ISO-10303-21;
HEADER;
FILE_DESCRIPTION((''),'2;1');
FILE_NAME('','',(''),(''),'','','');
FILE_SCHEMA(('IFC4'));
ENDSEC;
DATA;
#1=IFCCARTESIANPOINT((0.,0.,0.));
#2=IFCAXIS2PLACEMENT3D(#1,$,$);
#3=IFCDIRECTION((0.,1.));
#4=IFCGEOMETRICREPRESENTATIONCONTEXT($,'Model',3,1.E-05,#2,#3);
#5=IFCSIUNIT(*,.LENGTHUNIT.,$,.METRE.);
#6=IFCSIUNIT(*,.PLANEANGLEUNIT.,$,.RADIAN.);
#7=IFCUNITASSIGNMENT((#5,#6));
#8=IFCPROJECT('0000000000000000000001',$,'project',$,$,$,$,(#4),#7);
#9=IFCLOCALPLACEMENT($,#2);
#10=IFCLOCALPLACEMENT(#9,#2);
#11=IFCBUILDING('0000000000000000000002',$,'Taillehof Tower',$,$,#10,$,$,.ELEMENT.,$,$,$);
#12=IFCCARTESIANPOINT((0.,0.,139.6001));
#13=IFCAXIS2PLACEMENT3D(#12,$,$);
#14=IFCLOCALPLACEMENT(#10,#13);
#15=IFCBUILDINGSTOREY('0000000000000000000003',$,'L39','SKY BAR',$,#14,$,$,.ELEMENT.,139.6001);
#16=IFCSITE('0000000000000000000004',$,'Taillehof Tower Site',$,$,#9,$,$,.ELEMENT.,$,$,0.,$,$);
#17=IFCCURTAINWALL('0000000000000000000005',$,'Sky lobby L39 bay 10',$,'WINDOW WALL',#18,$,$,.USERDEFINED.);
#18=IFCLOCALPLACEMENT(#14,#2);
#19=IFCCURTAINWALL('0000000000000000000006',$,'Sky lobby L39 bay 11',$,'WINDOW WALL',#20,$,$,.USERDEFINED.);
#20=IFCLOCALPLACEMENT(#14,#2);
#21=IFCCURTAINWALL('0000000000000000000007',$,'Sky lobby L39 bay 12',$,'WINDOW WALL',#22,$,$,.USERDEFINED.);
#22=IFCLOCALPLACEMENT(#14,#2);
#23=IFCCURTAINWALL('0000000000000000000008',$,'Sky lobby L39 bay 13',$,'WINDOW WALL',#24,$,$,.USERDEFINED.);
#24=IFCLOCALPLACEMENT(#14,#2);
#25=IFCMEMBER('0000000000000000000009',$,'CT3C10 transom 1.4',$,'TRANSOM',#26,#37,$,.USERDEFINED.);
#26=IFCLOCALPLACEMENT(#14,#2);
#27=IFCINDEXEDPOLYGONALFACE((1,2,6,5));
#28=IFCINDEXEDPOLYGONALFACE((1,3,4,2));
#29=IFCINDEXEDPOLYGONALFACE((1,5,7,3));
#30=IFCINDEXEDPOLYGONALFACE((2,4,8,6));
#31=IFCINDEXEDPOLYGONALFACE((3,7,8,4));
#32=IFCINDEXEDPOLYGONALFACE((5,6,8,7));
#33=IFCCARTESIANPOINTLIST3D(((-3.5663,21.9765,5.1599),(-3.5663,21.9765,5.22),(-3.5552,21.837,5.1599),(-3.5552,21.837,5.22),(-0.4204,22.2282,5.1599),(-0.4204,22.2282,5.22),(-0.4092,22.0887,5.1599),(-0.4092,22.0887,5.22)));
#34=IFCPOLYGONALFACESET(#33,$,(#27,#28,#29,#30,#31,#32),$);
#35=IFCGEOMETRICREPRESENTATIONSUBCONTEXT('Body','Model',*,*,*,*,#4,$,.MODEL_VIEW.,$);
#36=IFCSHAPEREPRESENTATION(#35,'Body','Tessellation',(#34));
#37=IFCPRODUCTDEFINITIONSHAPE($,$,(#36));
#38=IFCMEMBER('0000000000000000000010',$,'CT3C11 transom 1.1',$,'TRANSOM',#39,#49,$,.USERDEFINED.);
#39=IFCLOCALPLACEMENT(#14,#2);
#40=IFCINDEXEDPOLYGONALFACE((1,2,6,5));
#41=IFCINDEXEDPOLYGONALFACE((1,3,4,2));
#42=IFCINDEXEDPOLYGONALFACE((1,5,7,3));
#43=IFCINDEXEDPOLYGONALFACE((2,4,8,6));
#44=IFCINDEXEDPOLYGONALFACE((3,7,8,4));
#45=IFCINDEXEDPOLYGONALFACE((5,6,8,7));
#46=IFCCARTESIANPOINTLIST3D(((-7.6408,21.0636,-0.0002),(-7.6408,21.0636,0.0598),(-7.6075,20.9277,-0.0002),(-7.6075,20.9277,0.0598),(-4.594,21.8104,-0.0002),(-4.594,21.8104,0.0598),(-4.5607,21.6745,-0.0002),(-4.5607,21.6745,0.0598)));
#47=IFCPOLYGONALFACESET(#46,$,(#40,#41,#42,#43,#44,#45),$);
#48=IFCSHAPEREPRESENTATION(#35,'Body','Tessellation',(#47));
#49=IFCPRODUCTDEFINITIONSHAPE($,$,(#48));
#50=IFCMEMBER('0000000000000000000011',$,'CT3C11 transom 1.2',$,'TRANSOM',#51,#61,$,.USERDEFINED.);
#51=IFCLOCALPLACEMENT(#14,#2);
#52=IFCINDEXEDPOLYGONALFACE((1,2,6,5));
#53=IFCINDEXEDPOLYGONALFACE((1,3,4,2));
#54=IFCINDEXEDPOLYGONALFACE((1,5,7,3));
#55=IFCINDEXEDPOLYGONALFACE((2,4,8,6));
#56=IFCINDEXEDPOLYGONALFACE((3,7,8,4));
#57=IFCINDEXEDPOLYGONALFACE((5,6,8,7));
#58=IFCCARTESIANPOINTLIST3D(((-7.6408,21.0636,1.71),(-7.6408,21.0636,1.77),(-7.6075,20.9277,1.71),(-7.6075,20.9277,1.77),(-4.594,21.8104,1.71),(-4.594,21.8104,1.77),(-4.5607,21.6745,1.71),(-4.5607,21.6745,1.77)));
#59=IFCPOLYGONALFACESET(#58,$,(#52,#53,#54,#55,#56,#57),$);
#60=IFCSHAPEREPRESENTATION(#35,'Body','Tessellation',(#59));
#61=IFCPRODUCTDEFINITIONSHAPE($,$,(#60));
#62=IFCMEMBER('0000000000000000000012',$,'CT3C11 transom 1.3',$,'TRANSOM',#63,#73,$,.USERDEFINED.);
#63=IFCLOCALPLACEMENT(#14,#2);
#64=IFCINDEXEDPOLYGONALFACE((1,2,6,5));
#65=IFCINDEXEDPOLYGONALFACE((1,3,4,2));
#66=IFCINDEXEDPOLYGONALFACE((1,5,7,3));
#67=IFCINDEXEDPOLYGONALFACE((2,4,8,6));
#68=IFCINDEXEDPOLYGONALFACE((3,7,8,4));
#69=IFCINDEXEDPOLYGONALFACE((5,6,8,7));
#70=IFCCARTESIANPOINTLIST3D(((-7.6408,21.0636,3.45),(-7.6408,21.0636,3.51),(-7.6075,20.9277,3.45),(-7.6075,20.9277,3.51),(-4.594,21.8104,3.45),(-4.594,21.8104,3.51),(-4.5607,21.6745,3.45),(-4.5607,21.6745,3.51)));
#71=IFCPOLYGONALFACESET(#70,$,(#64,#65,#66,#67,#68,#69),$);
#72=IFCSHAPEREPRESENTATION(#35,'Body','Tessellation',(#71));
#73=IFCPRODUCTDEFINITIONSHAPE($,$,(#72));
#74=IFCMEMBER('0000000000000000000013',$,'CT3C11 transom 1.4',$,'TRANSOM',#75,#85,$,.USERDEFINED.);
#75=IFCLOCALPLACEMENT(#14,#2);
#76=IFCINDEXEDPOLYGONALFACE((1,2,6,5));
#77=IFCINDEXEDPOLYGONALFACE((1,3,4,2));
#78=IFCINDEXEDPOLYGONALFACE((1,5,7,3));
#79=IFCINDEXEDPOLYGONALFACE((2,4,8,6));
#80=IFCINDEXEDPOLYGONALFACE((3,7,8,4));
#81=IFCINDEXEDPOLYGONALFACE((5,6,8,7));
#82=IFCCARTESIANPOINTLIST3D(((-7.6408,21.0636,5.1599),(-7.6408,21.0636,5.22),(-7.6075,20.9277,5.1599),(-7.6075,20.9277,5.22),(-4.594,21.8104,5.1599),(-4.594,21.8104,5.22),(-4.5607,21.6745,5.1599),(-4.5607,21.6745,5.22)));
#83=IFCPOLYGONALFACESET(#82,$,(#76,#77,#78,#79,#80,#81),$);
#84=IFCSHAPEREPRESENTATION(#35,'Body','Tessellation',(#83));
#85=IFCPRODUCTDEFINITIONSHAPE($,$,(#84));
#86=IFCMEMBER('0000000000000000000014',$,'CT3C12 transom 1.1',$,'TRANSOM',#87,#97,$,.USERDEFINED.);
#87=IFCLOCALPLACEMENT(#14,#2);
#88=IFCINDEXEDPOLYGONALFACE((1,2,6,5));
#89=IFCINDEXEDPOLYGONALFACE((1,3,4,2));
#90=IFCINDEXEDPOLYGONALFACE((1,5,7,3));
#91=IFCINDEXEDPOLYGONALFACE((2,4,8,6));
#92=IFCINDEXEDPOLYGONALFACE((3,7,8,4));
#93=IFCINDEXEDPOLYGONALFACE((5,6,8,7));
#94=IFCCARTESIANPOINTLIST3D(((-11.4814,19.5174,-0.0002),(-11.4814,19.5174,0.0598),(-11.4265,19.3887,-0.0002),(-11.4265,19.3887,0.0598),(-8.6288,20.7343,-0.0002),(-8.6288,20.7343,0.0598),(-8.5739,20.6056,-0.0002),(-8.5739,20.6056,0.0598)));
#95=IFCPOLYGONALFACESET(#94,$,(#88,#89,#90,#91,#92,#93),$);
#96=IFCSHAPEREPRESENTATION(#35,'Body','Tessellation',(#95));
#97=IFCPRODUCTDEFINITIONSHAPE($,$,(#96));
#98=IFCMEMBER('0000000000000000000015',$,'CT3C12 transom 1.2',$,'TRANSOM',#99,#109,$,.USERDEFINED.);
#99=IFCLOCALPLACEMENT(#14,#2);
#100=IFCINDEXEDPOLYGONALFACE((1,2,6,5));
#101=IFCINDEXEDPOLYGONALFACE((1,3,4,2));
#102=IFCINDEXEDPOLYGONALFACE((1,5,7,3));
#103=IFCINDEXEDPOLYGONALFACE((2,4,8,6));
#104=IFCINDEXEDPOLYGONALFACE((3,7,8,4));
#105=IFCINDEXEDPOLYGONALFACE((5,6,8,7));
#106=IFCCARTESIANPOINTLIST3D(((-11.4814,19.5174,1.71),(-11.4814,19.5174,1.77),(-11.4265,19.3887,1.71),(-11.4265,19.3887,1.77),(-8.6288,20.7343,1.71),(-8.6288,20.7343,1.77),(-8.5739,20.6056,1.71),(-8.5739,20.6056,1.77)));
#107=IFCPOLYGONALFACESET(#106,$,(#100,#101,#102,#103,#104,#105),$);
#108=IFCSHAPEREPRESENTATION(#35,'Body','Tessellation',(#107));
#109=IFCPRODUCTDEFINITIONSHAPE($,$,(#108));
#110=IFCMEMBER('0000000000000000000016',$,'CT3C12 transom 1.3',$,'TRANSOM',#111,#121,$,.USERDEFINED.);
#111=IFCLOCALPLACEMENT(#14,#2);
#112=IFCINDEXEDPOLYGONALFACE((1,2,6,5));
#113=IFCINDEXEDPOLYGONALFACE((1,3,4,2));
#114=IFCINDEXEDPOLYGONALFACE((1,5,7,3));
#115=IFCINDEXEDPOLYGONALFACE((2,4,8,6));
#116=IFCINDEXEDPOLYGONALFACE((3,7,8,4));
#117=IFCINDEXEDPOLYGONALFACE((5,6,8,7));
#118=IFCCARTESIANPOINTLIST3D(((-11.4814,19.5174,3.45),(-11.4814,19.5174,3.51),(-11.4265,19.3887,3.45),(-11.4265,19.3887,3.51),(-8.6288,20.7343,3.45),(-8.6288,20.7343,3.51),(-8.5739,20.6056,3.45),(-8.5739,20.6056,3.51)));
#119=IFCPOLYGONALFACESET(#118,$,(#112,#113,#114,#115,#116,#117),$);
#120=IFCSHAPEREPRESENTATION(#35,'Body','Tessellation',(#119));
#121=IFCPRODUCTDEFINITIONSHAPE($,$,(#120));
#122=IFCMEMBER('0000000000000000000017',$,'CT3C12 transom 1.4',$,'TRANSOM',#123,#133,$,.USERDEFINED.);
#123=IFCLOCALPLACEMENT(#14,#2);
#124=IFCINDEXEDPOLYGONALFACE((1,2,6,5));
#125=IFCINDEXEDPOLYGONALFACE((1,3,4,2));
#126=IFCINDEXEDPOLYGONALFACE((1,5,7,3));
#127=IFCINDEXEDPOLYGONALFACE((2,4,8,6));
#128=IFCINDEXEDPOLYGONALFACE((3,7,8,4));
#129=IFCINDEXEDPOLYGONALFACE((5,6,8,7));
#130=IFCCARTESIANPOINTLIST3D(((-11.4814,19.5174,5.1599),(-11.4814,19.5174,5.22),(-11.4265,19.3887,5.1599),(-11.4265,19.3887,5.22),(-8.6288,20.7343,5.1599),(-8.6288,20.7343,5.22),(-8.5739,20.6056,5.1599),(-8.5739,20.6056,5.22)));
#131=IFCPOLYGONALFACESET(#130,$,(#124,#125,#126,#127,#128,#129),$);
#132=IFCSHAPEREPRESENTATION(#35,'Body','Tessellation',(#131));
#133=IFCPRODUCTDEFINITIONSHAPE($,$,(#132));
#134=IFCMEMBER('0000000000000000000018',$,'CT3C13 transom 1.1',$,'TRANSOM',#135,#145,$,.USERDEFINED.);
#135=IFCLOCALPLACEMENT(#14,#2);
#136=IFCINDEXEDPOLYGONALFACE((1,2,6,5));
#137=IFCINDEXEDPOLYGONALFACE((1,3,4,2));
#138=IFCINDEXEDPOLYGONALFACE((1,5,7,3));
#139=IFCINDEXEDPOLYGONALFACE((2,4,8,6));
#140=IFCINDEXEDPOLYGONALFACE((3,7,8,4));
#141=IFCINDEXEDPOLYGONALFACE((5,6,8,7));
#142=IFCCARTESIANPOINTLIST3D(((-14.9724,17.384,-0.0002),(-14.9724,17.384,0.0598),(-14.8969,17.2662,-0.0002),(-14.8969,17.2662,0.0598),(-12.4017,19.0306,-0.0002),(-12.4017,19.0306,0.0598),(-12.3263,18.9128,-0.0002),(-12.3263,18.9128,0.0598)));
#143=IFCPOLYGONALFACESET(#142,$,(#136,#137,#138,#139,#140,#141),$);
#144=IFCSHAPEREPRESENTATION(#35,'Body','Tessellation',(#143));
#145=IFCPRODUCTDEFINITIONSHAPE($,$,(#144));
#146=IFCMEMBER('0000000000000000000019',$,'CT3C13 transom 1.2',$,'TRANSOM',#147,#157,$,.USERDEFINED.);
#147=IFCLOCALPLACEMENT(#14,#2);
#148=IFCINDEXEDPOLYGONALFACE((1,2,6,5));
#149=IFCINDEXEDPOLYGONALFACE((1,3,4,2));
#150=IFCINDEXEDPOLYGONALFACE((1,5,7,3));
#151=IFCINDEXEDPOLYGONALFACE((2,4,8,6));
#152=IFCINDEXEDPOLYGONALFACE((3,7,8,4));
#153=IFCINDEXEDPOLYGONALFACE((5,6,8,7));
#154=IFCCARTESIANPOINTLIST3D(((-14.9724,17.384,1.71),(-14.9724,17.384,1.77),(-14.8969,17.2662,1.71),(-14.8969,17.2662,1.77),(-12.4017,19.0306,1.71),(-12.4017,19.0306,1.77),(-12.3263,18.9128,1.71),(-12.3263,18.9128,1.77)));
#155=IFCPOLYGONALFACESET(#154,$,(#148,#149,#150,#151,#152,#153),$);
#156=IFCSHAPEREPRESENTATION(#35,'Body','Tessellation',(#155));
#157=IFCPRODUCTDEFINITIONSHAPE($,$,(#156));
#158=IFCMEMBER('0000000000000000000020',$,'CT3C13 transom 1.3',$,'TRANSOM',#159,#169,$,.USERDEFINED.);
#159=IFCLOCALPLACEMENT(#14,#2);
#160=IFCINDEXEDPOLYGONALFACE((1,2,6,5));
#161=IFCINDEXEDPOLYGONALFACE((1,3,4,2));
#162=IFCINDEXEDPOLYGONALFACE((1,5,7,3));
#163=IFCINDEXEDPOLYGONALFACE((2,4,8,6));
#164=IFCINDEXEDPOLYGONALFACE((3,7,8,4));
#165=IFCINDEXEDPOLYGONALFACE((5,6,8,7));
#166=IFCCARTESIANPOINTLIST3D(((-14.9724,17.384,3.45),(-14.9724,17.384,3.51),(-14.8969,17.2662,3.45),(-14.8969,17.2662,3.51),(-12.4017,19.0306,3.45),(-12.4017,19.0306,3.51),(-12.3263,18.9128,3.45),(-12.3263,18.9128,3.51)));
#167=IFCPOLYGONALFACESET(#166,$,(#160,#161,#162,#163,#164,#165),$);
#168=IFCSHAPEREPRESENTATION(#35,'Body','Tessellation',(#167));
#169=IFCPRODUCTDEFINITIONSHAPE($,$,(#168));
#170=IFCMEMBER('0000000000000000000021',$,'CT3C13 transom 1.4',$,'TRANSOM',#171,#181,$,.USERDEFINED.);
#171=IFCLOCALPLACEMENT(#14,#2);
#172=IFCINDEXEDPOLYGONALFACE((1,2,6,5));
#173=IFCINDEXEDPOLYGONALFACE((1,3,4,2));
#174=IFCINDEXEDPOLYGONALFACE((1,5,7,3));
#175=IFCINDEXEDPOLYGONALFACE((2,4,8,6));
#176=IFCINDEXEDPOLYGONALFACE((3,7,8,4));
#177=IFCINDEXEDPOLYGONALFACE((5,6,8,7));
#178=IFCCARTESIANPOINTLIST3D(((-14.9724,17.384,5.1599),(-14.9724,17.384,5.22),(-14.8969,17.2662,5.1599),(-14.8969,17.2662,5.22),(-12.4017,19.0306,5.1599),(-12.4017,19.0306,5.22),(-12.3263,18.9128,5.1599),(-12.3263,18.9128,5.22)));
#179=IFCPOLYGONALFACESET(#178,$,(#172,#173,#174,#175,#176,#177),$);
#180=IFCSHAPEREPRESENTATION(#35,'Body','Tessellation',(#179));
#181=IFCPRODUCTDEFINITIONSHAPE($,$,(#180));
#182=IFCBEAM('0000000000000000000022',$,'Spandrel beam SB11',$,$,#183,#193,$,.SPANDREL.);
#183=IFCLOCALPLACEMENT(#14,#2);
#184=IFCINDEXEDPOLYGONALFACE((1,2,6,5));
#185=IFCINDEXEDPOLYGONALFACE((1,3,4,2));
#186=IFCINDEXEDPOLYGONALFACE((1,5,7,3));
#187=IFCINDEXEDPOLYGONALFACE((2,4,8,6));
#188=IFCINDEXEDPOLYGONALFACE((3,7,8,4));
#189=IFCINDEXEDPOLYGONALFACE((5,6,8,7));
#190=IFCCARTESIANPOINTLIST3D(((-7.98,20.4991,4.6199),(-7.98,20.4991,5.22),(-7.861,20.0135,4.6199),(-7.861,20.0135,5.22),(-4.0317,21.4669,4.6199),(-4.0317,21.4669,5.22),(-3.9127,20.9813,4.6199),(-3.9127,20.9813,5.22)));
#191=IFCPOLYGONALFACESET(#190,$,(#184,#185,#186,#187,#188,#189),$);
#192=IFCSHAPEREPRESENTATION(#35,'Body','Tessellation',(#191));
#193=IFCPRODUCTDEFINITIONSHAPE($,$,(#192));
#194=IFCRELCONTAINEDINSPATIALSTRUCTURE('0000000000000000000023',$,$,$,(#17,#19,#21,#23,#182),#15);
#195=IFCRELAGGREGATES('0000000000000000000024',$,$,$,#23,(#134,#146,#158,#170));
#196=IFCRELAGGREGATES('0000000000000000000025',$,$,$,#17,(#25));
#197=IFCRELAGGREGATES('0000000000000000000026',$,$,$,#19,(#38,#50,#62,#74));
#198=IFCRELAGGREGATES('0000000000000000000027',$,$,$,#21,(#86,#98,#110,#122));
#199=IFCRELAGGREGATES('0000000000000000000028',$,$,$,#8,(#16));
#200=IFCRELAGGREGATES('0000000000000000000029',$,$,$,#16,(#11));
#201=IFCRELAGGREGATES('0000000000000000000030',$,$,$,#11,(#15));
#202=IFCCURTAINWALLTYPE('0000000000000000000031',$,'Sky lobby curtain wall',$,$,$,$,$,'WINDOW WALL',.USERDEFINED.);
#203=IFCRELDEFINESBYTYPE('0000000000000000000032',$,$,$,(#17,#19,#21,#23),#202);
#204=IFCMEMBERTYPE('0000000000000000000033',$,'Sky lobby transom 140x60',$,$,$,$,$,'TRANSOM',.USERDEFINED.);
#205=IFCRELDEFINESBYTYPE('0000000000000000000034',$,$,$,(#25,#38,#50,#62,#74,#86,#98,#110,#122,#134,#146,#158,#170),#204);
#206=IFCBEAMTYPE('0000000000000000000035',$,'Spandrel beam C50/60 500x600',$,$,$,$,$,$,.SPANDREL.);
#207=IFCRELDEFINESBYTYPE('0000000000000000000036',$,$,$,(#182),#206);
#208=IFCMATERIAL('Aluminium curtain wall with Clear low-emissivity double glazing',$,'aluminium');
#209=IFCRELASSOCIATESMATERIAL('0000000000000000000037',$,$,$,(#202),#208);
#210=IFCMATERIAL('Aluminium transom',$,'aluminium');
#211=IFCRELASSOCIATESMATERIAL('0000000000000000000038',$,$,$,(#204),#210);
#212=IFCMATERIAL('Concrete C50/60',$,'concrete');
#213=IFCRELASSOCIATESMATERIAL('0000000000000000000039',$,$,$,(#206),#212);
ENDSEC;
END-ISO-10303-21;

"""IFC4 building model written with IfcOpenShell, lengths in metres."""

from ifc_helpers import new_model, si_unit, direction, frame, origin, origin_2d, place, context, subcontext, project, spatial, rectangle, extrude, material, material_profile, profile_set, type_object, element, aggregate, save


model = new_model("IFC4")

# Units and contexts
model_context = context("Model", 3, precision=1e-05, world=origin(), true_north=direction((0.0, 1.0)))
body_context = subcontext(model_context, "Body", "Model", "MODEL_VIEW")
ifc_project = project(units=[si_unit("LENGTHUNIT", "METRE"), si_unit("PLANEANGLEUNIT", "RADIAN")], contexts=[model_context])

# Site, building, storey
site_placement = place(None, origin())
site = spatial("IfcSite", under=ifc_project, at=site_placement, Name="Taillehof Tower Site", CompositionType="ELEMENT", RefElevation=0.0)
building_placement = place(site_placement, origin())
building = spatial("IfcBuilding", under=site, at=building_placement, Name="Taillehof Tower", CompositionType="ELEMENT")
storey_placement = place(building_placement, frame((0.0, 0.0, 139.6001)))
storey = spatial("IfcBuildingStorey", under=building, at=storey_placement, Name="L39", Description="SKY BAR", CompositionType="ELEMENT", Elevation=139.6001)

# Curtain walls
ifc_material_1 = material(Name="Aluminium curtain wall with Clear low-emissivity double glazing", Category="aluminium")
curtain_wall_type = type_object("IfcCurtainWallType", Name="Sky lobby curtain wall", ElementType="WINDOW WALL", PredefinedType="USERDEFINED", material=ifc_material_1)
curtain_wall_1_placement = place(storey_placement, origin())
curtain_wall_1 = element("IfcCurtainWall", 1, at=curtain_wall_1_placement, inside=storey, type_object=curtain_wall_type, Name="Sky lobby L39 bay 10", ObjectType="WINDOW WALL", PredefinedType="USERDEFINED")
curtain_wall_2_placement = place(storey_placement, origin())
curtain_wall_2 = element("IfcCurtainWall", 2, at=curtain_wall_2_placement, inside=storey, type_object=curtain_wall_type, Name="Sky lobby L39 bay 11", ObjectType="WINDOW WALL", PredefinedType="USERDEFINED")
curtain_wall_3_placement = place(storey_placement, origin())
curtain_wall_3 = element("IfcCurtainWall", 3, at=curtain_wall_3_placement, inside=storey, type_object=curtain_wall_type, Name="Sky lobby L39 bay 12", ObjectType="WINDOW WALL", PredefinedType="USERDEFINED")

# Curtain wall
curtain_wall_4_placement = place(storey_placement, origin())
curtain_wall_4 = element("IfcCurtainWall", 4, at=curtain_wall_4_placement, inside=storey, type_object=curtain_wall_type, Name="Sky lobby L39 bay 13", ObjectType="WINDOW WALL", PredefinedType="USERDEFINED")

# Members
ifc_material_2 = material(Name="Aluminium transom", Category="aluminium")
ifc_material_profile_1 = material_profile(ifc_material_2, rectangle(XDim=0.1399, YDim=0.0601, at=origin_2d()), Name="AL 140x60")
ifc_profile_set_1 = profile_set([ifc_material_profile_1], Name="Aluminium transom")
member_type_1 = type_object("IfcMemberType", Name="Sky lobby transom 140x60", ElementType="TRANSOM", PredefinedType="USERDEFINED", material=ifc_profile_set_1)
member_1_placement = place(storey_placement, frame((-0.4148, 22.1584, 5.1899), z_axis=(-0.996815, -0.079754, 0.0), x_axis=(0.079754, -0.996815, 0.0)))
member_1 = element("IfcMember", 5, at=member_1_placement, type_object=member_type_1, Name="CT3C10 transom 1.4", ObjectType="TRANSOM", PredefinedType="USERDEFINED", context=body_context, shape_type="SweptSolid", body=[
    extrude(rectangle(XDim=0.1399, YDim=0.0601, at=origin_2d()), origin(), (0.0, 0.0, 1.0), 3.156),
])
member_2_placement = place(storey_placement, frame((-4.5774, 21.7424, 0.0298), z_axis=(-0.971249, -0.238065, 0.0), x_axis=(0.238065, -0.971249, 0.0)))
member_2 = element("IfcMember", 6, at=member_2_placement, type_object=member_type_1, Name="CT3C11 transom 1.1", ObjectType="TRANSOM", PredefinedType="USERDEFINED", context=body_context, shape_type="SweptSolid", body=[
    extrude(rectangle(XDim=0.1399, YDim=0.0601, at=origin_2d()), origin(), (0.0, 0.0, 1.0), 3.137),
])
member_3_placement = place(storey_placement, frame((-4.5774, 21.7424, 1.74), z_axis=(-0.971249, -0.238065, 0.0), x_axis=(0.238065, -0.971249, 0.0)))
member_3 = element("IfcMember", 7, at=member_3_placement, type_object=member_type_1, Name="CT3C11 transom 1.2", ObjectType="TRANSOM", PredefinedType="USERDEFINED", context=body_context, shape_type="SweptSolid", body=[
    extrude(rectangle(XDim=0.1399, YDim=0.0601, at=origin_2d()), origin(), (0.0, 0.0, 1.0), 3.137),
])
member_4_placement = place(storey_placement, frame((-4.5774, 21.7424, 3.48), z_axis=(-0.971249, -0.238065, 0.0), x_axis=(0.238065, -0.971249, 0.0)))
member_4 = element("IfcMember", 8, at=member_4_placement, type_object=member_type_1, Name="CT3C11 transom 1.3", ObjectType="TRANSOM", PredefinedType="USERDEFINED", context=body_context, shape_type="SweptSolid", body=[
    extrude(rectangle(XDim=0.1399, YDim=0.0601, at=origin_2d()), origin(), (0.0, 0.0, 1.0), 3.137),
])
member_5_placement = place(storey_placement, frame((-4.5774, 21.7424, 5.1899), z_axis=(-0.971249, -0.238065, 0.0), x_axis=(0.238065, -0.971249, 0.0)))
member_5 = element("IfcMember", 9, at=member_5_placement, type_object=member_type_1, Name="CT3C11 transom 1.4", ObjectType="TRANSOM", PredefinedType="USERDEFINED", context=body_context, shape_type="SweptSolid", body=[
    extrude(rectangle(XDim=0.1399, YDim=0.0601, at=origin_2d()), origin(), (0.0, 0.0, 1.0), 3.137),
])
member_6_placement = place(storey_placement, frame((-8.6013, 20.6699, 0.0298), z_axis=(-0.919812, -0.392361, 0.0), x_axis=(0.392361, -0.919812, 0.0)))
member_6 = element("IfcMember", 10, at=member_6_placement, type_object=member_type_1, Name="CT3C12 transom 1.1", ObjectType="TRANSOM", PredefinedType="USERDEFINED", context=body_context, shape_type="SweptSolid", body=[
    extrude(rectangle(XDim=0.1399, YDim=0.0601, at=origin_2d()), origin(), (0.0, 0.0, 1.0), 3.1013),
])
member_7_placement = place(storey_placement, frame((-8.6013, 20.6699, 1.74), z_axis=(-0.919812, -0.392361, 0.0), x_axis=(0.392361, -0.919812, 0.0)))
member_7 = element("IfcMember", 11, at=member_7_placement, type_object=member_type_1, Name="CT3C12 transom 1.2", ObjectType="TRANSOM", PredefinedType="USERDEFINED", context=body_context, shape_type="SweptSolid", body=[
    extrude(rectangle(XDim=0.1399, YDim=0.0601, at=origin_2d()), origin(), (0.0, 0.0, 1.0), 3.1013),
])
member_8_placement = place(storey_placement, frame((-8.6013, 20.6699, 3.48), z_axis=(-0.919812, -0.392361, 0.0), x_axis=(0.392361, -0.919812, 0.0)))
member_8 = element("IfcMember", 12, at=member_8_placement, type_object=member_type_1, Name="CT3C12 transom 1.3", ObjectType="TRANSOM", PredefinedType="USERDEFINED", context=body_context, shape_type="SweptSolid", body=[
    extrude(rectangle(XDim=0.1399, YDim=0.0601, at=origin_2d()), origin(), (0.0, 0.0, 1.0), 3.1013),
])
member_9_placement = place(storey_placement, frame((-8.6013, 20.6699, 5.1899), z_axis=(-0.919812, -0.392361, 0.0), x_axis=(0.392361, -0.919812, 0.0)))
member_9 = element("IfcMember", 13, at=member_9_placement, type_object=member_type_1, Name="CT3C12 transom 1.4", ObjectType="TRANSOM", PredefinedType="USERDEFINED", context=body_context, shape_type="SweptSolid", body=[
    extrude(rectangle(XDim=0.1399, YDim=0.0601, at=origin_2d()), origin(), (0.0, 0.0, 1.0), 3.1013),
])
member_10_placement = place(storey_placement, frame((-12.364, 18.9717, 0.0298), z_axis=(-0.842074, -0.539362, 0.0), x_axis=(0.539362, -0.842074, 0.0)))
member_10 = element("IfcMember", 14, at=member_10_placement, type_object=member_type_1, Name="CT3C13 transom 1.1", ObjectType="TRANSOM", PredefinedType="USERDEFINED", context=body_context, shape_type="SweptSolid", body=[
    extrude(rectangle(XDim=0.1399, YDim=0.0601, at=origin_2d()), origin(), (0.0, 0.0, 1.0), 3.0527),
])
member_11_placement = place(storey_placement, frame((-12.364, 18.9717, 1.74), z_axis=(-0.842074, -0.539362, 0.0), x_axis=(0.539362, -0.842074, 0.0)))
member_11 = element("IfcMember", 15, at=member_11_placement, type_object=member_type_1, Name="CT3C13 transom 1.2", ObjectType="TRANSOM", PredefinedType="USERDEFINED", context=body_context, shape_type="SweptSolid", body=[
    extrude(rectangle(XDim=0.1399, YDim=0.0601, at=origin_2d()), origin(), (0.0, 0.0, 1.0), 3.0527),
])
member_12_placement = place(storey_placement, frame((-12.364, 18.9717, 3.48), z_axis=(-0.842074, -0.539362, 0.0), x_axis=(0.539362, -0.842074, 0.0)))
member_12 = element("IfcMember", 16, at=member_12_placement, type_object=member_type_1, Name="CT3C13 transom 1.3", ObjectType="TRANSOM", PredefinedType="USERDEFINED", context=body_context, shape_type="SweptSolid", body=[
    extrude(rectangle(XDim=0.1399, YDim=0.0601, at=origin_2d()), origin(), (0.0, 0.0, 1.0), 3.0527),
])
member_13_placement = place(storey_placement, frame((-12.364, 18.9717, 5.1899), z_axis=(-0.842074, -0.539362, 0.0), x_axis=(0.539362, -0.842074, 0.0)))
member_13 = element("IfcMember", 17, at=member_13_placement, type_object=member_type_1, Name="CT3C13 transom 1.4", ObjectType="TRANSOM", PredefinedType="USERDEFINED", context=body_context, shape_type="SweptSolid", body=[
    extrude(rectangle(XDim=0.1399, YDim=0.0601, at=origin_2d()), origin(), (0.0, 0.0, 1.0), 3.0527),
])
aggregate(curtain_wall_4, [member_10, member_11, member_12, member_13])

# Beam
ifc_material_3 = material(Name="Concrete C50/60", Category="concrete")
ifc_material_profile_2 = material_profile(ifc_material_3, rectangle(XDim=0.5, YDim=0.6001, at=origin_2d()), Name="RC 500x600")
ifc_profile_set_2 = profile_set([ifc_material_profile_2], Name="Concrete C50/60")
beam_type_1 = type_object("IfcBeamType", Name="Spandrel beam C50/60 500x600", PredefinedType="SPANDREL", material=ifc_profile_set_2)
beam_1_placement = place(storey_placement, frame((-3.9722, 21.2241, 4.9199), z_axis=(-0.971249, -0.238068, 0.0), x_axis=(0.238068, -0.971249, 0.0)))
element("IfcBeam", 18, at=beam_1_placement, inside=storey, type_object=beam_type_1, Name="Spandrel beam SB11", PredefinedType="SPANDREL", context=body_context, shape_type="SweptSolid", body=[
    extrude(rectangle(XDim=0.5, YDim=0.6001, at=origin_2d()), origin(), (0.0, 0.0, 1.0), 4.0652),
])

aggregate(curtain_wall_1, [member_1])
aggregate(curtain_wall_2, [member_2, member_3, member_4, member_5])
aggregate(curtain_wall_3, [member_6, member_7, member_8, member_9])

save(model, "model.ifc")
